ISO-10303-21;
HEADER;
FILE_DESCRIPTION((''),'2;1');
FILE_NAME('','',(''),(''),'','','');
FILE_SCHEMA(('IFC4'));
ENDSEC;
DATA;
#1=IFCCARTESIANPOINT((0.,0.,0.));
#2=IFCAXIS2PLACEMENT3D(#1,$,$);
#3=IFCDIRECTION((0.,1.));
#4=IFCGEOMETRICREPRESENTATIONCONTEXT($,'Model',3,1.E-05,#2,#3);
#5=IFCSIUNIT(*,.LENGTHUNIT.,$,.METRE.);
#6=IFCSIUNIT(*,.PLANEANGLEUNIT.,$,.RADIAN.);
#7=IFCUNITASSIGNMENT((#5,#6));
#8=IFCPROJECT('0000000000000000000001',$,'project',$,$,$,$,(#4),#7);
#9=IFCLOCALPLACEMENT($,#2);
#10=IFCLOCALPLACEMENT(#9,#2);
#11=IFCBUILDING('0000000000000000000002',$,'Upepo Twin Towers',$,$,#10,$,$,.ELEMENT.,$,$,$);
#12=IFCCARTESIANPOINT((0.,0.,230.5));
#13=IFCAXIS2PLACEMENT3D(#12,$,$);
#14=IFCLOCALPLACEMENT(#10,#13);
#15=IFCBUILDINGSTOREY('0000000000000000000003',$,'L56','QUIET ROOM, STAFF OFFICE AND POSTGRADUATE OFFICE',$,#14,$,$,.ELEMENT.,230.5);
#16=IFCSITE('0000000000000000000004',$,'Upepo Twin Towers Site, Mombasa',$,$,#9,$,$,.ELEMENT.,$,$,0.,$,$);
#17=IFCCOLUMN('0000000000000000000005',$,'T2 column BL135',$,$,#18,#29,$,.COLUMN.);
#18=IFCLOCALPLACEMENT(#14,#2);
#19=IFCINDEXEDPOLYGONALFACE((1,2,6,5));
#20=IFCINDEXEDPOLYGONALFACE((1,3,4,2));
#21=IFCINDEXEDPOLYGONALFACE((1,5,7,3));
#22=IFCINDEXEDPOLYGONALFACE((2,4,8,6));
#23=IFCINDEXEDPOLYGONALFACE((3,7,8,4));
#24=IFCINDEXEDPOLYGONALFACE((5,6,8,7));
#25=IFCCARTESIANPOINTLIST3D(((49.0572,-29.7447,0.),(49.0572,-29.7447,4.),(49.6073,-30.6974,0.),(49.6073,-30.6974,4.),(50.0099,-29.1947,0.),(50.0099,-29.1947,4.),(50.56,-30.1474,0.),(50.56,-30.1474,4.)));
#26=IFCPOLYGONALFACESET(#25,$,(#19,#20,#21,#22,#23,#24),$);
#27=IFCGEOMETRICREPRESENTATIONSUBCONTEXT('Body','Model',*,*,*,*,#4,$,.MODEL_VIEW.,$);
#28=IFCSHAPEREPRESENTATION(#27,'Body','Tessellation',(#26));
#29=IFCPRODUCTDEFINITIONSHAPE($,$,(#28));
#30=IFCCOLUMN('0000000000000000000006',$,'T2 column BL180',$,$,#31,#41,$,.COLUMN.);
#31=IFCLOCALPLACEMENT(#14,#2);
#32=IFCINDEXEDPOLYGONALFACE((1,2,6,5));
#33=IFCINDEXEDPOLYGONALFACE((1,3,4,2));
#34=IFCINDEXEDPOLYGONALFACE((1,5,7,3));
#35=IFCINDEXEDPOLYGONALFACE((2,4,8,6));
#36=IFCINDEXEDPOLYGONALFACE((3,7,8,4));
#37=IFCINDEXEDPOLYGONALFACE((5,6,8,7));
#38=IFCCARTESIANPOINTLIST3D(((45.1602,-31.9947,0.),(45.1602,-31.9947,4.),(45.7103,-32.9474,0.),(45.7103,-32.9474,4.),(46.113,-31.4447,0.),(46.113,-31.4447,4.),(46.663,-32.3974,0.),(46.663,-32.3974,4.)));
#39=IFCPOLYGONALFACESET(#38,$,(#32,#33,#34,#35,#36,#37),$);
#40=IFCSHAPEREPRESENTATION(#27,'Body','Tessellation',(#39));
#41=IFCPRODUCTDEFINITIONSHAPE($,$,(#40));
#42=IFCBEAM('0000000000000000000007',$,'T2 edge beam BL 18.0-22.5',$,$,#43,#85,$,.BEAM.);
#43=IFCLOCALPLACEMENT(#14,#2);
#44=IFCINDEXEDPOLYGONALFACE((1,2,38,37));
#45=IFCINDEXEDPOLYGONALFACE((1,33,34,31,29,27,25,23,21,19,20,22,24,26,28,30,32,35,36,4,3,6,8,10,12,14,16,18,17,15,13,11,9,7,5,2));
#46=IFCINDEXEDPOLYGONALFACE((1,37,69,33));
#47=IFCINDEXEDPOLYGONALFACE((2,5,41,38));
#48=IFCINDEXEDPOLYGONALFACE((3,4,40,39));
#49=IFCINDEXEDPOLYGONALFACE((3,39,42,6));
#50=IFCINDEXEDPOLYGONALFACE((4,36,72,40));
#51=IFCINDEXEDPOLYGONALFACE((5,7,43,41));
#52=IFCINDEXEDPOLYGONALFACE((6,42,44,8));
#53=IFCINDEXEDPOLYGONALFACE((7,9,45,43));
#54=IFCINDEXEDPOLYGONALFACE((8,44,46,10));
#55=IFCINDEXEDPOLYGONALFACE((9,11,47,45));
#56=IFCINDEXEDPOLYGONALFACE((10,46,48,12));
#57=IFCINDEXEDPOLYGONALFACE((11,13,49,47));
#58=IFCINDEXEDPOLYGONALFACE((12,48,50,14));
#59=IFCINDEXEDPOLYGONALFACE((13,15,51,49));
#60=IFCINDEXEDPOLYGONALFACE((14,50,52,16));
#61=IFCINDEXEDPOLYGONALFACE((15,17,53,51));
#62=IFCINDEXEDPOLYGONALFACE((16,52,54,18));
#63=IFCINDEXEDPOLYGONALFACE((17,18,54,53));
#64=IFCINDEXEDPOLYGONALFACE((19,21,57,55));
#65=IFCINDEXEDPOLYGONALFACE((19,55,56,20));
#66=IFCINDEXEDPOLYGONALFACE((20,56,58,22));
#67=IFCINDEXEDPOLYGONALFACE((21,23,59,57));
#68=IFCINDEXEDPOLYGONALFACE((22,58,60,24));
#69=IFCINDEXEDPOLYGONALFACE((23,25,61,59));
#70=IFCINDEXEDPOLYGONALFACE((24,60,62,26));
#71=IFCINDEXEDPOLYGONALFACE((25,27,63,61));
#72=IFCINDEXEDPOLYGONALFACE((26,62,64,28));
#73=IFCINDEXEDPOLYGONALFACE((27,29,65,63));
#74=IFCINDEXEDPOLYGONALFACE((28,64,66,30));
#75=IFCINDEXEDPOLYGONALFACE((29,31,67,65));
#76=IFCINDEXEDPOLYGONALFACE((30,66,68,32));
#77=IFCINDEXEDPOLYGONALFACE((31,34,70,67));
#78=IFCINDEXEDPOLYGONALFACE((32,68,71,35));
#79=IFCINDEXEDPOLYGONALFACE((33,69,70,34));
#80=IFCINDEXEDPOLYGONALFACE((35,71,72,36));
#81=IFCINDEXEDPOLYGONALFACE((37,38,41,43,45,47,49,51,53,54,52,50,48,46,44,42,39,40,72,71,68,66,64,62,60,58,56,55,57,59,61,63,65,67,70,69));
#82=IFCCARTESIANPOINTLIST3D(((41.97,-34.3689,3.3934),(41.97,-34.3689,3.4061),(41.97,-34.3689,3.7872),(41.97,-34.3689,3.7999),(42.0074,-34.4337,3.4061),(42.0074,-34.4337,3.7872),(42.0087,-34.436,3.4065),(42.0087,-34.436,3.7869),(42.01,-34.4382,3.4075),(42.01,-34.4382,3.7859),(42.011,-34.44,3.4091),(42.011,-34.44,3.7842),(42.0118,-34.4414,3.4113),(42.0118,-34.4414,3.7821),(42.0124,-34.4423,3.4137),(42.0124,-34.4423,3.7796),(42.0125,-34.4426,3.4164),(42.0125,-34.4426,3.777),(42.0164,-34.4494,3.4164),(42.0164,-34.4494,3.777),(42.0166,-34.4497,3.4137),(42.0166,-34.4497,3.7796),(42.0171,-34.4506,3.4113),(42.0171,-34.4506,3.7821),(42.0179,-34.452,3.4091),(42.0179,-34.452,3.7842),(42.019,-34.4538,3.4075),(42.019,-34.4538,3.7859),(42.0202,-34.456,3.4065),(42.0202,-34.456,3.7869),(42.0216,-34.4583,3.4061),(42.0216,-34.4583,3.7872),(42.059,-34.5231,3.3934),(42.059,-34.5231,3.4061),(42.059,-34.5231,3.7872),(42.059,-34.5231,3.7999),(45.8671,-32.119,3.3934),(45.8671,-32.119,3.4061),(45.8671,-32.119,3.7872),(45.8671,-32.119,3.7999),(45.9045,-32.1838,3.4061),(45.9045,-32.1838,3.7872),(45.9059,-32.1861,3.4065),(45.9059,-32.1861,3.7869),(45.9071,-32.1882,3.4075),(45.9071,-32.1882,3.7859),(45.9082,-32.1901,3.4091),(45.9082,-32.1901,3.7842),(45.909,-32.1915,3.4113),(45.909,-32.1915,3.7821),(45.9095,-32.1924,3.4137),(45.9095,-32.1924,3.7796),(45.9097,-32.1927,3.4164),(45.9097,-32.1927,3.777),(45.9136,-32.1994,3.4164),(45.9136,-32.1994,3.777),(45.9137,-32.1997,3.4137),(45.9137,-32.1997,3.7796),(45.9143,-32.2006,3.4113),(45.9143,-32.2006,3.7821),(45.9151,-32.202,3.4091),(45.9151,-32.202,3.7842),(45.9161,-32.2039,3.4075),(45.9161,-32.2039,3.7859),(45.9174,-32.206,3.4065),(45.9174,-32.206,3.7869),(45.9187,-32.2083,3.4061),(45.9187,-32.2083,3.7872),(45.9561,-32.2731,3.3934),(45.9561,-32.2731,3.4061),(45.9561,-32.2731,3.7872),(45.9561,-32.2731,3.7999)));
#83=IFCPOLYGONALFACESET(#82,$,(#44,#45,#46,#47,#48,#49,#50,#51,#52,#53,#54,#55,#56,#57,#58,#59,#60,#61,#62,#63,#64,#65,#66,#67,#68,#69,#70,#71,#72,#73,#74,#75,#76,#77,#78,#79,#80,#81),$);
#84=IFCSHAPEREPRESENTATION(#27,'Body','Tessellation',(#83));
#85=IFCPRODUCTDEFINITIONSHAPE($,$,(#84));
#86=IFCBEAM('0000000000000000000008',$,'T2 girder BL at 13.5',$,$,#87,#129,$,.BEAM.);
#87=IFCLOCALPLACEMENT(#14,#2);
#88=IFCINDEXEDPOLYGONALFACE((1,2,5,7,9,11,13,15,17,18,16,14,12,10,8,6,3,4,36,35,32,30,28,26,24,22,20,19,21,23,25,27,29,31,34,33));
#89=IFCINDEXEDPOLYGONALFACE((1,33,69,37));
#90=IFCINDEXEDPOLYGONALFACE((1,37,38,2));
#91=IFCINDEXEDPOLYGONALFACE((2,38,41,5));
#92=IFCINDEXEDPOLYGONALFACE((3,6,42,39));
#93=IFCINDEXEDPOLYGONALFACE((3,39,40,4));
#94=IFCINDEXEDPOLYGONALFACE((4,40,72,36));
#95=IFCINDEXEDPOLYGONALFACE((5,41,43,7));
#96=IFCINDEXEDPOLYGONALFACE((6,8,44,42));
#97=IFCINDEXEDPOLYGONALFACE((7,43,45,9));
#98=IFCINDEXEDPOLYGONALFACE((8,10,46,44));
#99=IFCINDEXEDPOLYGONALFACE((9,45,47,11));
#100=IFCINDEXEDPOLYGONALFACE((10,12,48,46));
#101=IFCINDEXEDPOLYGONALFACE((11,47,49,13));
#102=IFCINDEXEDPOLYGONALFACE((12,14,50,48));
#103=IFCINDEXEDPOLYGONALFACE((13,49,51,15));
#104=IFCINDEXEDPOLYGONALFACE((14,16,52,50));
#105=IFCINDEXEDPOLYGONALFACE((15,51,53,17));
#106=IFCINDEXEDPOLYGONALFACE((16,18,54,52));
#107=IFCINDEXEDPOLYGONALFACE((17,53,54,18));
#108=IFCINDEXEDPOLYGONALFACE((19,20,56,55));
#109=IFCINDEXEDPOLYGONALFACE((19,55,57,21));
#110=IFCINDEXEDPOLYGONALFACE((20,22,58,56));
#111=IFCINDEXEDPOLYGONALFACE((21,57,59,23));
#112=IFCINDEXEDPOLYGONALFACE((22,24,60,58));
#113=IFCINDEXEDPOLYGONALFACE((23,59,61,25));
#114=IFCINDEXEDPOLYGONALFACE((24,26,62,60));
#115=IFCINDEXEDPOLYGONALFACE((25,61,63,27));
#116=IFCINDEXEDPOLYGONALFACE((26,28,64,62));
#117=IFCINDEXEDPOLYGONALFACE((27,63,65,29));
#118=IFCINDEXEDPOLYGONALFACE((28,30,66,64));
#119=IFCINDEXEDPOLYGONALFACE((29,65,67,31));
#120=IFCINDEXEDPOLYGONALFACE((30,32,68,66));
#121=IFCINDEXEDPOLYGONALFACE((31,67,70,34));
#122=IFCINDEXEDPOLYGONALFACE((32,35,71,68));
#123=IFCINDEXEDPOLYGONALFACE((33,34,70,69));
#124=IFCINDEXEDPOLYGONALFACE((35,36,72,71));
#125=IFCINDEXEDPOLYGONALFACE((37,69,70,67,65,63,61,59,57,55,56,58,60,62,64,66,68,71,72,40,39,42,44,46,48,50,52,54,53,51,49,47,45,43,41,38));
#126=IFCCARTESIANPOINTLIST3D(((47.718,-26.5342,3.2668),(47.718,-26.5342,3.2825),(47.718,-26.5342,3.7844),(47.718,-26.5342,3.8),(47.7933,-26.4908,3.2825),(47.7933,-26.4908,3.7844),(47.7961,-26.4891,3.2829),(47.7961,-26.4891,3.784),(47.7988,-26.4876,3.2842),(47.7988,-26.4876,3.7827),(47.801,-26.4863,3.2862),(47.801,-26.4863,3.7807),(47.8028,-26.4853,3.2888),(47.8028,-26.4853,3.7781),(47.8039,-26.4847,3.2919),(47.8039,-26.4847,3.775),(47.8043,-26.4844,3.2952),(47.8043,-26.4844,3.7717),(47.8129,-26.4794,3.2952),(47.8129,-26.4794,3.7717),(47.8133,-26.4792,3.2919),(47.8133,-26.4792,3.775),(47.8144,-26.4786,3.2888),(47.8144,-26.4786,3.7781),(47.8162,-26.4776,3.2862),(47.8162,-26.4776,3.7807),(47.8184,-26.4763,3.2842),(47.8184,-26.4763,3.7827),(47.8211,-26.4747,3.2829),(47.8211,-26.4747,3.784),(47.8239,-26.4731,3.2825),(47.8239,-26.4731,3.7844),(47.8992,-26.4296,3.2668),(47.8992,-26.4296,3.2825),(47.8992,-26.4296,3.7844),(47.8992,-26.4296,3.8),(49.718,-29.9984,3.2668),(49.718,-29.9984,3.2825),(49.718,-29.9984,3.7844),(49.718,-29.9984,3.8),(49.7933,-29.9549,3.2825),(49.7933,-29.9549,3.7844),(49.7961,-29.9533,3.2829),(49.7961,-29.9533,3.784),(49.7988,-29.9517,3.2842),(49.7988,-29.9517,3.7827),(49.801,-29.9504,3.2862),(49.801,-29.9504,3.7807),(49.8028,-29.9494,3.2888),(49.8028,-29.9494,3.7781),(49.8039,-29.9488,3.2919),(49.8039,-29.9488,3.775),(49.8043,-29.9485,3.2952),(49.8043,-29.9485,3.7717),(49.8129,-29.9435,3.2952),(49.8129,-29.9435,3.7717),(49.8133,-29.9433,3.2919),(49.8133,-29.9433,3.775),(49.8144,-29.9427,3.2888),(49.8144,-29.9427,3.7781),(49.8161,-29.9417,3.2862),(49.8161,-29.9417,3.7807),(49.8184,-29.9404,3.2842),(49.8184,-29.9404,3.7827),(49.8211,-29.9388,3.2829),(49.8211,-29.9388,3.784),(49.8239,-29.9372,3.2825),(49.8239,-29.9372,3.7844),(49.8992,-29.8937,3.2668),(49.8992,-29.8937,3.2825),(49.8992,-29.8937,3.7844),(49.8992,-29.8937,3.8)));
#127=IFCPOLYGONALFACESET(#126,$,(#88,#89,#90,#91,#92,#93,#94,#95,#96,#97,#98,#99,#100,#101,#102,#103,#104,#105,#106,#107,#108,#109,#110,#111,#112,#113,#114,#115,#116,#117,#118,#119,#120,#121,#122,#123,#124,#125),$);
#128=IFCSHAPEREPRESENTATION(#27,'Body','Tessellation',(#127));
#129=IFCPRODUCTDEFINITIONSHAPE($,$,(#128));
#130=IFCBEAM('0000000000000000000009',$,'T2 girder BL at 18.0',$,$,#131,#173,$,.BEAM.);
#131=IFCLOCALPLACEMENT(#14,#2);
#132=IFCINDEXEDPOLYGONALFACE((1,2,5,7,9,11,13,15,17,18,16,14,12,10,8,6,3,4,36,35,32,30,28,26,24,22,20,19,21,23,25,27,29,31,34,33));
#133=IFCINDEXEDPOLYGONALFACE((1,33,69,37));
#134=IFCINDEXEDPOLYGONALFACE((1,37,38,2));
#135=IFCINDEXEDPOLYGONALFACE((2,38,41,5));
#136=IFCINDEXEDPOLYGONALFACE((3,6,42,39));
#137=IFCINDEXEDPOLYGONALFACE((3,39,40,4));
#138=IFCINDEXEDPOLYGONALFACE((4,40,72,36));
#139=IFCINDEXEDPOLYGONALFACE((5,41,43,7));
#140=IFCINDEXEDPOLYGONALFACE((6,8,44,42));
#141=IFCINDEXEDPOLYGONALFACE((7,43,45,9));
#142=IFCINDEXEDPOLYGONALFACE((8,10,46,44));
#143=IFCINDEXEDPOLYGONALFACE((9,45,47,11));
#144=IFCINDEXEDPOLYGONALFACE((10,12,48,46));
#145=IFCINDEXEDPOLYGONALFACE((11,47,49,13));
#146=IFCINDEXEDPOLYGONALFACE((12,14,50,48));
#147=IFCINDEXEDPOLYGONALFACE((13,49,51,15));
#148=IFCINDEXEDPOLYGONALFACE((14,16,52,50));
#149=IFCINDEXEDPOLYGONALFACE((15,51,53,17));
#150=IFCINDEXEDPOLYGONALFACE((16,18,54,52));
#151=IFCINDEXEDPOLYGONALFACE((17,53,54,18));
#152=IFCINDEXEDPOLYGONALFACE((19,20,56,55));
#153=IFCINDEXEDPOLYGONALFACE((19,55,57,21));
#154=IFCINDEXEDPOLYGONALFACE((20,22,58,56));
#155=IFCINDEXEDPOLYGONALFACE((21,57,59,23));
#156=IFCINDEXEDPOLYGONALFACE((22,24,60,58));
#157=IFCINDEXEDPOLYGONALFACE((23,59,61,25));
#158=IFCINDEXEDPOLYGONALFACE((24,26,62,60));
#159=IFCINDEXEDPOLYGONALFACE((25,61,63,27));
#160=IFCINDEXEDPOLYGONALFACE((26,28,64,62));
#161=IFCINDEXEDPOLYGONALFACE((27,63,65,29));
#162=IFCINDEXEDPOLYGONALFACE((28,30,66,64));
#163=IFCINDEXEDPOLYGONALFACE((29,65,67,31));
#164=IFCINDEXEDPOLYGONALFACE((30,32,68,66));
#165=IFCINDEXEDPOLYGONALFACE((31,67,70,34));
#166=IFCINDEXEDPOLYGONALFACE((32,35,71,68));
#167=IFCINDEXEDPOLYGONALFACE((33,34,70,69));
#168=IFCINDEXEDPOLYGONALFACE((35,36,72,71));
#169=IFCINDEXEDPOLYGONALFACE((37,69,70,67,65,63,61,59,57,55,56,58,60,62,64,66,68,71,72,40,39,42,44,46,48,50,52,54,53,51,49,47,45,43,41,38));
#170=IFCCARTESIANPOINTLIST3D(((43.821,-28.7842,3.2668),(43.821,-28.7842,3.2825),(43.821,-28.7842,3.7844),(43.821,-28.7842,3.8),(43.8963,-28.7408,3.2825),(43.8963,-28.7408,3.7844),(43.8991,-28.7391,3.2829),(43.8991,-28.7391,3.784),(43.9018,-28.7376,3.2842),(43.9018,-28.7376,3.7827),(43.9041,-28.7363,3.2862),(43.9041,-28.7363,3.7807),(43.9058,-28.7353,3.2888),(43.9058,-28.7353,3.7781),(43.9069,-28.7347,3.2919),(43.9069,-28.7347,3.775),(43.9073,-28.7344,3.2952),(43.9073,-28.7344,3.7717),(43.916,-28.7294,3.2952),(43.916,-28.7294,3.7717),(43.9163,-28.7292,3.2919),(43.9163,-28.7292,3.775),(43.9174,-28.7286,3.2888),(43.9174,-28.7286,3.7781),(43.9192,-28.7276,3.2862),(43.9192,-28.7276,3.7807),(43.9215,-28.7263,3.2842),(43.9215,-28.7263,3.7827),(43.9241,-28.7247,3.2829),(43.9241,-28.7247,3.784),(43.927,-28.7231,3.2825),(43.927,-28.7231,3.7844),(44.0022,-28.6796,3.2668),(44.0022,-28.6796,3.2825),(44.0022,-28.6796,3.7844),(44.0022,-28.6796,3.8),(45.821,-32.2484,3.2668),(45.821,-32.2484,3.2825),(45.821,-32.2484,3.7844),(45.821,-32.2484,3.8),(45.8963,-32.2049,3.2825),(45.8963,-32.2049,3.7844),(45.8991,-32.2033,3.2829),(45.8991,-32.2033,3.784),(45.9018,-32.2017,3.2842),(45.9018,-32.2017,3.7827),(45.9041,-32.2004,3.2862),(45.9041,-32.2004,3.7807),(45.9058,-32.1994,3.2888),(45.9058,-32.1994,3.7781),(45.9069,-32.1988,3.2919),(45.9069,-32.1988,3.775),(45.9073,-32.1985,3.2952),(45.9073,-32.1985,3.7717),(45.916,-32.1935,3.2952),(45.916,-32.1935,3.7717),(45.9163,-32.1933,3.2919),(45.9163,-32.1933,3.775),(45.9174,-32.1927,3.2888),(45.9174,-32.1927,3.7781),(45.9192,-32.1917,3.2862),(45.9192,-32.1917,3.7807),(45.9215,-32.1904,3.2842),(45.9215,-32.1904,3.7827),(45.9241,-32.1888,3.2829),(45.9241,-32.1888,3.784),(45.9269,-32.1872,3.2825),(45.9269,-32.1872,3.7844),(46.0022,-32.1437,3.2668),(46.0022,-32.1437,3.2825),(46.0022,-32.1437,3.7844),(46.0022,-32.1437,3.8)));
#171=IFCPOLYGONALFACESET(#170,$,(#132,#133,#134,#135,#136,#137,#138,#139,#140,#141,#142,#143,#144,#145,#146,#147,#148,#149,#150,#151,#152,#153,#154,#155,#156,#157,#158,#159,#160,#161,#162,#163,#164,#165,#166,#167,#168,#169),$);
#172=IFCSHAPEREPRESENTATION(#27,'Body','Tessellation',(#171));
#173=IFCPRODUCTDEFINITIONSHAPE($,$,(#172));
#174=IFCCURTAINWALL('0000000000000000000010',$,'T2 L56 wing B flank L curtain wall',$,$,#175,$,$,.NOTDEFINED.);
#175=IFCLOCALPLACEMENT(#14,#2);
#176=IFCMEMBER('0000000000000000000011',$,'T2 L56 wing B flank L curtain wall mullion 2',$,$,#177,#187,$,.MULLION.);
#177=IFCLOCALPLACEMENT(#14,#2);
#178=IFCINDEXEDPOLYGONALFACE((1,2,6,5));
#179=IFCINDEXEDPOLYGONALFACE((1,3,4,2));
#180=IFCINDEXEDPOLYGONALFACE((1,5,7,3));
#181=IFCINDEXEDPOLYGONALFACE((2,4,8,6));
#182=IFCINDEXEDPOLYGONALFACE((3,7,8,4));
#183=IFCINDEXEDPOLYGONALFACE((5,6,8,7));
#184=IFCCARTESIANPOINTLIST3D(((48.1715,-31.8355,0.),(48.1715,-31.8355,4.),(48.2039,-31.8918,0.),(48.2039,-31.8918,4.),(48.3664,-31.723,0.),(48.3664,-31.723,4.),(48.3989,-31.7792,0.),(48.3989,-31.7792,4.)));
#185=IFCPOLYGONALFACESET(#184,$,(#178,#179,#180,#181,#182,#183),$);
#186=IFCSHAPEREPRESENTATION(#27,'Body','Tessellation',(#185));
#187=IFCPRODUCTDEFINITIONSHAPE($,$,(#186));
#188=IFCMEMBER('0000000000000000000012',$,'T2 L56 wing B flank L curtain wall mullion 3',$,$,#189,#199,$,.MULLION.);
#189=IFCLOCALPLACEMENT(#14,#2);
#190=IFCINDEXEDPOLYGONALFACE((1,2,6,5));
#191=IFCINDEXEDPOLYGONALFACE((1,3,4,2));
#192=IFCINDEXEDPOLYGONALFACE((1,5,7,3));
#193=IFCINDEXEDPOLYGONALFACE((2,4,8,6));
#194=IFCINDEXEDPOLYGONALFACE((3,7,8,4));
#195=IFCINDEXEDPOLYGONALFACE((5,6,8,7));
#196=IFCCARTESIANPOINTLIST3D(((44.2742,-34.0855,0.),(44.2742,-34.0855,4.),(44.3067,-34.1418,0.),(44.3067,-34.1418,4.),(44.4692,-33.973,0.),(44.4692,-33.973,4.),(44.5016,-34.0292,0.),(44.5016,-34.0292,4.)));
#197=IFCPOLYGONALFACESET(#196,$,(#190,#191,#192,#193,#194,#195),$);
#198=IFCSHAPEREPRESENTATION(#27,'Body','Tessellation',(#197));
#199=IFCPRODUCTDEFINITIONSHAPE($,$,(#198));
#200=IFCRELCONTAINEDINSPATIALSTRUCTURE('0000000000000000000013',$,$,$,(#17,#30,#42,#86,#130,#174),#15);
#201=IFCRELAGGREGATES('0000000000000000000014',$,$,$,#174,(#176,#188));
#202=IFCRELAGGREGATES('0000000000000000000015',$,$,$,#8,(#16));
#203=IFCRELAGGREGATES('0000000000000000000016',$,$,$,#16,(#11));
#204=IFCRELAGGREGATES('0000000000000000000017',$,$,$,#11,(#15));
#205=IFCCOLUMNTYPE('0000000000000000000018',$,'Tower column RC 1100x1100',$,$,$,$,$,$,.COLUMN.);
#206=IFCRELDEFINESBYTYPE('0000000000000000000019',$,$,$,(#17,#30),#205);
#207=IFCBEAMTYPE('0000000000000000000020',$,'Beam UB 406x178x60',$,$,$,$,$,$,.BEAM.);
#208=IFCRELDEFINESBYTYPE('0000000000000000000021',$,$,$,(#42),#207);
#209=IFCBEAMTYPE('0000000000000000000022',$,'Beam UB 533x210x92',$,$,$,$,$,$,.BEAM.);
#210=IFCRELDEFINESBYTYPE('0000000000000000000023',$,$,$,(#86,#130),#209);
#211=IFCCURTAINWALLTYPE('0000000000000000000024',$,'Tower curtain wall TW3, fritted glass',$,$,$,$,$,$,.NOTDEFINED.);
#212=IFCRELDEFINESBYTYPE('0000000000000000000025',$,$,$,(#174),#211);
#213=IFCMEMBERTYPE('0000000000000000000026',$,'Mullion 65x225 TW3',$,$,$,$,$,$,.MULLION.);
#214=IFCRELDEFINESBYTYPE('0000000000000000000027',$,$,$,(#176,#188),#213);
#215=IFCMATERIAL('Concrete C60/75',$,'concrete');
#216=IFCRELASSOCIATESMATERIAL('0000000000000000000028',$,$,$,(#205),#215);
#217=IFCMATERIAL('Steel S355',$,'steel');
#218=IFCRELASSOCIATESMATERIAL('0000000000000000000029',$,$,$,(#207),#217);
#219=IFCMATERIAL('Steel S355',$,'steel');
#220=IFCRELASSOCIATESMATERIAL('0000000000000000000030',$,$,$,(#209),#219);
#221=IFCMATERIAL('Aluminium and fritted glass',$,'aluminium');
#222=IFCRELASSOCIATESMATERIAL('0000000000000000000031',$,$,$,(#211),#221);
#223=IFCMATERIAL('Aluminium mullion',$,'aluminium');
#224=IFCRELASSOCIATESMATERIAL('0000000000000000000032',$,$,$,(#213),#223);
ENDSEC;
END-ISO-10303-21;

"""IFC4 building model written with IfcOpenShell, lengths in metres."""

from ifc_helpers import new_model, si_unit, direction, frame, origin, origin_2d, place, context, subcontext, project, spatial, rectangle, i_section, extrude, material, material_profile, profile_set, type_object, element, aggregate, save


model = new_model("IFC4")

# Units and contexts
model_context = context("Model", 3, precision=1e-05, world=origin(), true_north=direction((0.0, 1.0)))
body_context = subcontext(model_context, "Body", "Model", "MODEL_VIEW")
ifc_project = project(units=[si_unit("LENGTHUNIT", "METRE"), si_unit("PLANEANGLEUNIT", "RADIAN")], contexts=[model_context])

# Site, building, storey
site_placement = place(None, origin())
site = spatial("IfcSite", under=ifc_project, at=site_placement, Name="Upepo Twin Towers Site, Mombasa", CompositionType="ELEMENT", RefElevation=0.0)
building_placement = place(site_placement, origin())
building = spatial("IfcBuilding", under=site, at=building_placement, Name="Upepo Twin Towers", CompositionType="ELEMENT")
storey_placement = place(building_placement, frame((0.0, 0.0, 230.5)))
storey = spatial("IfcBuildingStorey", under=building, at=storey_placement, Name="L56", Description="QUIET ROOM, STAFF OFFICE AND POSTGRADUATE OFFICE", CompositionType="ELEMENT", Elevation=230.5)

# Columns
ifc_material_1 = material(Name="Concrete C60/75", Category="concrete")
ifc_material_profile_1 = material_profile(ifc_material_1, rectangle(XDim=1.1001, YDim=1.1001, at=origin_2d()), Name="RC 1100x1100")
ifc_profile_set_1 = profile_set([ifc_material_profile_1], Name="Concrete C60/75")
column_type = type_object("IfcColumnType", Name="Tower column RC 1100x1100", PredefinedType="COLUMN", material=ifc_profile_set_1)
for number, where, z_axis, x_axis, name in (
    (1, (49.8086, -29.946, 0.0), (0.0, 0.0, 1.0), (0.866025, 0.5, 0.0), "T2 column BL135"),
    (2, (45.9116, -32.196, 0.0), (0.0, 0.0, 1.0), (0.866025, 0.5, 0.0), "T2 column BL180"),
):
    element("IfcColumn", number, at=place(storey_placement, frame(where, z_axis=z_axis, x_axis=x_axis)), inside=storey, type_object=column_type, Name=name, PredefinedType="COLUMN", context=body_context, shape_type="SweptSolid", body=[
        extrude(rectangle(XDim=1.1001, YDim=1.1001, at=origin_2d()), origin(), (0.0, 0.0, 1.0), 4.0),
    ])

# Beams
ifc_material_2 = material(Name="Steel S355", Category="steel")
ifc_material_profile_2 = material_profile(ifc_material_2, i_section(OverallWidth=0.178, OverallDepth=0.4065, WebThickness=0.0078, FlangeThickness=0.0127, FilletRadius=0.0103, at=origin_2d()), Name="UB 406x178x60")
ifc_profile_set_2 = profile_set([ifc_material_profile_2], Name="Steel S355")
beam_type_1 = type_object("IfcBeamType", Name="Beam UB 406x178x60", PredefinedType="BEAM", material=ifc_profile_set_2)
beam_placement = place(storey_placement, frame((45.9116, -32.196, 3.5967), z_axis=(-0.866031, -0.49999, 0.0), x_axis=(0.49999, -0.866031, 0.0)))
element("IfcBeam", 3, at=beam_placement, inside=storey, type_object=beam_type_1, Name="T2 edge beam BL 18.0-22.5", PredefinedType="BEAM", context=body_context, shape_type="SweptSolid", body=[
    extrude(i_section(OverallWidth=0.178, OverallDepth=0.4065, WebThickness=0.0078, FlangeThickness=0.0127, FilletRadius=0.0103, at=origin_2d()), origin(), (0.0, 0.0, 1.0), 4.5),
])
ifc_material_3 = material(Name="Steel S355", Category="steel")
ifc_material_profile_3 = material_profile(ifc_material_3, i_section(OverallWidth=0.2092, OverallDepth=0.5332, WebThickness=0.01, FlangeThickness=0.0156, FilletRadius=0.0127, at=origin_2d()), Name="UB 533x210x92")
ifc_profile_set_3 = profile_set([ifc_material_profile_3], Name="Steel S355")
beam_type_2 = type_object("IfcBeamType", Name="Beam UB 533x210x92", PredefinedType="BEAM", material=ifc_profile_set_3)
for number, where, z_axis, x_axis, name in (
    (4, (49.8086, -29.946, 3.5334), (-0.499999, 0.866026, 0.0), (-0.866026, -0.499999, 0.0), "T2 girder BL at 13.5"),
    (5, (45.9116, -32.196, 3.5334), (-0.499999, 0.866026, 0.0), (-0.866026, -0.499999, 0.0), "T2 girder BL at 18.0"),
):
    element("IfcBeam", number, at=place(storey_placement, frame(where, z_axis=z_axis, x_axis=x_axis)), inside=storey, type_object=beam_type_2, Name=name, PredefinedType="BEAM", context=body_context, shape_type="SweptSolid", body=[
        extrude(i_section(OverallWidth=0.2092, OverallDepth=0.5332, WebThickness=0.01, FlangeThickness=0.0156, FilletRadius=0.0127, at=origin_2d()), origin(), (0.0, 0.0, 1.0), 4.0),
    ])

# Curtain wall, members
ifc_material_4 = material(Name="Aluminium and fritted glass", Category="aluminium")
curtain_wall_type = type_object("IfcCurtainWallType", Name="Tower curtain wall TW3, fritted glass", PredefinedType="NOTDEFINED", material=ifc_material_4)
curtain_wall_placement = place(storey_placement, origin())
curtain_wall = element("IfcCurtainWall", 6, at=curtain_wall_placement, inside=storey, type_object=curtain_wall_type, Name="T2 L56 wing B flank L curtain wall", PredefinedType="NOTDEFINED")
ifc_material_5 = material(Name="Aluminium mullion", Category="aluminium")
ifc_material_profile_4 = material_profile(ifc_material_5, rectangle(XDim=0.0649, YDim=0.2251, at=origin_2d()), Name="MULLION 65x225")
ifc_profile_set_4 = profile_set([ifc_material_profile_4], Name="Aluminium mullion")
member_type_1 = type_object("IfcMemberType", Name="Mullion 65x225 TW3", PredefinedType="MULLION", material=ifc_profile_set_4)
member_1_placement = place(storey_placement, frame((48.2852, -31.8074, 0.0), z_axis=(0.0, 0.0, 1.0), x_axis=(0.5, -0.866025, 0.0)))
member_1 = element("IfcMember", 7, at=member_1_placement, type_object=member_type_1, Name="T2 L56 wing B flank L curtain wall mullion 2", PredefinedType="MULLION", context=body_context, shape_type="SweptSolid", body=[
    extrude(rectangle(XDim=0.0649, YDim=0.2251, at=origin_2d()), origin(), (0.0, 0.0, 1.0), 4.0),
])
member_2_placement = place(storey_placement, frame((44.3879, -34.0574, 0.0), z_axis=(0.0, 0.0, 1.0), x_axis=(0.5, -0.866025, 0.0)))
member_2 = element("IfcMember", 8, at=member_2_placement, type_object=member_type_1, Name="T2 L56 wing B flank L curtain wall mullion 3", PredefinedType="MULLION", context=body_context, shape_type="SweptSolid", body=[
    extrude(rectangle(XDim=0.0649, YDim=0.2251, at=origin_2d()), origin(), (0.0, 0.0, 1.0), 4.0),
])
aggregate(curtain_wall, [member_1, member_2])

save(model, "model.ifc")
